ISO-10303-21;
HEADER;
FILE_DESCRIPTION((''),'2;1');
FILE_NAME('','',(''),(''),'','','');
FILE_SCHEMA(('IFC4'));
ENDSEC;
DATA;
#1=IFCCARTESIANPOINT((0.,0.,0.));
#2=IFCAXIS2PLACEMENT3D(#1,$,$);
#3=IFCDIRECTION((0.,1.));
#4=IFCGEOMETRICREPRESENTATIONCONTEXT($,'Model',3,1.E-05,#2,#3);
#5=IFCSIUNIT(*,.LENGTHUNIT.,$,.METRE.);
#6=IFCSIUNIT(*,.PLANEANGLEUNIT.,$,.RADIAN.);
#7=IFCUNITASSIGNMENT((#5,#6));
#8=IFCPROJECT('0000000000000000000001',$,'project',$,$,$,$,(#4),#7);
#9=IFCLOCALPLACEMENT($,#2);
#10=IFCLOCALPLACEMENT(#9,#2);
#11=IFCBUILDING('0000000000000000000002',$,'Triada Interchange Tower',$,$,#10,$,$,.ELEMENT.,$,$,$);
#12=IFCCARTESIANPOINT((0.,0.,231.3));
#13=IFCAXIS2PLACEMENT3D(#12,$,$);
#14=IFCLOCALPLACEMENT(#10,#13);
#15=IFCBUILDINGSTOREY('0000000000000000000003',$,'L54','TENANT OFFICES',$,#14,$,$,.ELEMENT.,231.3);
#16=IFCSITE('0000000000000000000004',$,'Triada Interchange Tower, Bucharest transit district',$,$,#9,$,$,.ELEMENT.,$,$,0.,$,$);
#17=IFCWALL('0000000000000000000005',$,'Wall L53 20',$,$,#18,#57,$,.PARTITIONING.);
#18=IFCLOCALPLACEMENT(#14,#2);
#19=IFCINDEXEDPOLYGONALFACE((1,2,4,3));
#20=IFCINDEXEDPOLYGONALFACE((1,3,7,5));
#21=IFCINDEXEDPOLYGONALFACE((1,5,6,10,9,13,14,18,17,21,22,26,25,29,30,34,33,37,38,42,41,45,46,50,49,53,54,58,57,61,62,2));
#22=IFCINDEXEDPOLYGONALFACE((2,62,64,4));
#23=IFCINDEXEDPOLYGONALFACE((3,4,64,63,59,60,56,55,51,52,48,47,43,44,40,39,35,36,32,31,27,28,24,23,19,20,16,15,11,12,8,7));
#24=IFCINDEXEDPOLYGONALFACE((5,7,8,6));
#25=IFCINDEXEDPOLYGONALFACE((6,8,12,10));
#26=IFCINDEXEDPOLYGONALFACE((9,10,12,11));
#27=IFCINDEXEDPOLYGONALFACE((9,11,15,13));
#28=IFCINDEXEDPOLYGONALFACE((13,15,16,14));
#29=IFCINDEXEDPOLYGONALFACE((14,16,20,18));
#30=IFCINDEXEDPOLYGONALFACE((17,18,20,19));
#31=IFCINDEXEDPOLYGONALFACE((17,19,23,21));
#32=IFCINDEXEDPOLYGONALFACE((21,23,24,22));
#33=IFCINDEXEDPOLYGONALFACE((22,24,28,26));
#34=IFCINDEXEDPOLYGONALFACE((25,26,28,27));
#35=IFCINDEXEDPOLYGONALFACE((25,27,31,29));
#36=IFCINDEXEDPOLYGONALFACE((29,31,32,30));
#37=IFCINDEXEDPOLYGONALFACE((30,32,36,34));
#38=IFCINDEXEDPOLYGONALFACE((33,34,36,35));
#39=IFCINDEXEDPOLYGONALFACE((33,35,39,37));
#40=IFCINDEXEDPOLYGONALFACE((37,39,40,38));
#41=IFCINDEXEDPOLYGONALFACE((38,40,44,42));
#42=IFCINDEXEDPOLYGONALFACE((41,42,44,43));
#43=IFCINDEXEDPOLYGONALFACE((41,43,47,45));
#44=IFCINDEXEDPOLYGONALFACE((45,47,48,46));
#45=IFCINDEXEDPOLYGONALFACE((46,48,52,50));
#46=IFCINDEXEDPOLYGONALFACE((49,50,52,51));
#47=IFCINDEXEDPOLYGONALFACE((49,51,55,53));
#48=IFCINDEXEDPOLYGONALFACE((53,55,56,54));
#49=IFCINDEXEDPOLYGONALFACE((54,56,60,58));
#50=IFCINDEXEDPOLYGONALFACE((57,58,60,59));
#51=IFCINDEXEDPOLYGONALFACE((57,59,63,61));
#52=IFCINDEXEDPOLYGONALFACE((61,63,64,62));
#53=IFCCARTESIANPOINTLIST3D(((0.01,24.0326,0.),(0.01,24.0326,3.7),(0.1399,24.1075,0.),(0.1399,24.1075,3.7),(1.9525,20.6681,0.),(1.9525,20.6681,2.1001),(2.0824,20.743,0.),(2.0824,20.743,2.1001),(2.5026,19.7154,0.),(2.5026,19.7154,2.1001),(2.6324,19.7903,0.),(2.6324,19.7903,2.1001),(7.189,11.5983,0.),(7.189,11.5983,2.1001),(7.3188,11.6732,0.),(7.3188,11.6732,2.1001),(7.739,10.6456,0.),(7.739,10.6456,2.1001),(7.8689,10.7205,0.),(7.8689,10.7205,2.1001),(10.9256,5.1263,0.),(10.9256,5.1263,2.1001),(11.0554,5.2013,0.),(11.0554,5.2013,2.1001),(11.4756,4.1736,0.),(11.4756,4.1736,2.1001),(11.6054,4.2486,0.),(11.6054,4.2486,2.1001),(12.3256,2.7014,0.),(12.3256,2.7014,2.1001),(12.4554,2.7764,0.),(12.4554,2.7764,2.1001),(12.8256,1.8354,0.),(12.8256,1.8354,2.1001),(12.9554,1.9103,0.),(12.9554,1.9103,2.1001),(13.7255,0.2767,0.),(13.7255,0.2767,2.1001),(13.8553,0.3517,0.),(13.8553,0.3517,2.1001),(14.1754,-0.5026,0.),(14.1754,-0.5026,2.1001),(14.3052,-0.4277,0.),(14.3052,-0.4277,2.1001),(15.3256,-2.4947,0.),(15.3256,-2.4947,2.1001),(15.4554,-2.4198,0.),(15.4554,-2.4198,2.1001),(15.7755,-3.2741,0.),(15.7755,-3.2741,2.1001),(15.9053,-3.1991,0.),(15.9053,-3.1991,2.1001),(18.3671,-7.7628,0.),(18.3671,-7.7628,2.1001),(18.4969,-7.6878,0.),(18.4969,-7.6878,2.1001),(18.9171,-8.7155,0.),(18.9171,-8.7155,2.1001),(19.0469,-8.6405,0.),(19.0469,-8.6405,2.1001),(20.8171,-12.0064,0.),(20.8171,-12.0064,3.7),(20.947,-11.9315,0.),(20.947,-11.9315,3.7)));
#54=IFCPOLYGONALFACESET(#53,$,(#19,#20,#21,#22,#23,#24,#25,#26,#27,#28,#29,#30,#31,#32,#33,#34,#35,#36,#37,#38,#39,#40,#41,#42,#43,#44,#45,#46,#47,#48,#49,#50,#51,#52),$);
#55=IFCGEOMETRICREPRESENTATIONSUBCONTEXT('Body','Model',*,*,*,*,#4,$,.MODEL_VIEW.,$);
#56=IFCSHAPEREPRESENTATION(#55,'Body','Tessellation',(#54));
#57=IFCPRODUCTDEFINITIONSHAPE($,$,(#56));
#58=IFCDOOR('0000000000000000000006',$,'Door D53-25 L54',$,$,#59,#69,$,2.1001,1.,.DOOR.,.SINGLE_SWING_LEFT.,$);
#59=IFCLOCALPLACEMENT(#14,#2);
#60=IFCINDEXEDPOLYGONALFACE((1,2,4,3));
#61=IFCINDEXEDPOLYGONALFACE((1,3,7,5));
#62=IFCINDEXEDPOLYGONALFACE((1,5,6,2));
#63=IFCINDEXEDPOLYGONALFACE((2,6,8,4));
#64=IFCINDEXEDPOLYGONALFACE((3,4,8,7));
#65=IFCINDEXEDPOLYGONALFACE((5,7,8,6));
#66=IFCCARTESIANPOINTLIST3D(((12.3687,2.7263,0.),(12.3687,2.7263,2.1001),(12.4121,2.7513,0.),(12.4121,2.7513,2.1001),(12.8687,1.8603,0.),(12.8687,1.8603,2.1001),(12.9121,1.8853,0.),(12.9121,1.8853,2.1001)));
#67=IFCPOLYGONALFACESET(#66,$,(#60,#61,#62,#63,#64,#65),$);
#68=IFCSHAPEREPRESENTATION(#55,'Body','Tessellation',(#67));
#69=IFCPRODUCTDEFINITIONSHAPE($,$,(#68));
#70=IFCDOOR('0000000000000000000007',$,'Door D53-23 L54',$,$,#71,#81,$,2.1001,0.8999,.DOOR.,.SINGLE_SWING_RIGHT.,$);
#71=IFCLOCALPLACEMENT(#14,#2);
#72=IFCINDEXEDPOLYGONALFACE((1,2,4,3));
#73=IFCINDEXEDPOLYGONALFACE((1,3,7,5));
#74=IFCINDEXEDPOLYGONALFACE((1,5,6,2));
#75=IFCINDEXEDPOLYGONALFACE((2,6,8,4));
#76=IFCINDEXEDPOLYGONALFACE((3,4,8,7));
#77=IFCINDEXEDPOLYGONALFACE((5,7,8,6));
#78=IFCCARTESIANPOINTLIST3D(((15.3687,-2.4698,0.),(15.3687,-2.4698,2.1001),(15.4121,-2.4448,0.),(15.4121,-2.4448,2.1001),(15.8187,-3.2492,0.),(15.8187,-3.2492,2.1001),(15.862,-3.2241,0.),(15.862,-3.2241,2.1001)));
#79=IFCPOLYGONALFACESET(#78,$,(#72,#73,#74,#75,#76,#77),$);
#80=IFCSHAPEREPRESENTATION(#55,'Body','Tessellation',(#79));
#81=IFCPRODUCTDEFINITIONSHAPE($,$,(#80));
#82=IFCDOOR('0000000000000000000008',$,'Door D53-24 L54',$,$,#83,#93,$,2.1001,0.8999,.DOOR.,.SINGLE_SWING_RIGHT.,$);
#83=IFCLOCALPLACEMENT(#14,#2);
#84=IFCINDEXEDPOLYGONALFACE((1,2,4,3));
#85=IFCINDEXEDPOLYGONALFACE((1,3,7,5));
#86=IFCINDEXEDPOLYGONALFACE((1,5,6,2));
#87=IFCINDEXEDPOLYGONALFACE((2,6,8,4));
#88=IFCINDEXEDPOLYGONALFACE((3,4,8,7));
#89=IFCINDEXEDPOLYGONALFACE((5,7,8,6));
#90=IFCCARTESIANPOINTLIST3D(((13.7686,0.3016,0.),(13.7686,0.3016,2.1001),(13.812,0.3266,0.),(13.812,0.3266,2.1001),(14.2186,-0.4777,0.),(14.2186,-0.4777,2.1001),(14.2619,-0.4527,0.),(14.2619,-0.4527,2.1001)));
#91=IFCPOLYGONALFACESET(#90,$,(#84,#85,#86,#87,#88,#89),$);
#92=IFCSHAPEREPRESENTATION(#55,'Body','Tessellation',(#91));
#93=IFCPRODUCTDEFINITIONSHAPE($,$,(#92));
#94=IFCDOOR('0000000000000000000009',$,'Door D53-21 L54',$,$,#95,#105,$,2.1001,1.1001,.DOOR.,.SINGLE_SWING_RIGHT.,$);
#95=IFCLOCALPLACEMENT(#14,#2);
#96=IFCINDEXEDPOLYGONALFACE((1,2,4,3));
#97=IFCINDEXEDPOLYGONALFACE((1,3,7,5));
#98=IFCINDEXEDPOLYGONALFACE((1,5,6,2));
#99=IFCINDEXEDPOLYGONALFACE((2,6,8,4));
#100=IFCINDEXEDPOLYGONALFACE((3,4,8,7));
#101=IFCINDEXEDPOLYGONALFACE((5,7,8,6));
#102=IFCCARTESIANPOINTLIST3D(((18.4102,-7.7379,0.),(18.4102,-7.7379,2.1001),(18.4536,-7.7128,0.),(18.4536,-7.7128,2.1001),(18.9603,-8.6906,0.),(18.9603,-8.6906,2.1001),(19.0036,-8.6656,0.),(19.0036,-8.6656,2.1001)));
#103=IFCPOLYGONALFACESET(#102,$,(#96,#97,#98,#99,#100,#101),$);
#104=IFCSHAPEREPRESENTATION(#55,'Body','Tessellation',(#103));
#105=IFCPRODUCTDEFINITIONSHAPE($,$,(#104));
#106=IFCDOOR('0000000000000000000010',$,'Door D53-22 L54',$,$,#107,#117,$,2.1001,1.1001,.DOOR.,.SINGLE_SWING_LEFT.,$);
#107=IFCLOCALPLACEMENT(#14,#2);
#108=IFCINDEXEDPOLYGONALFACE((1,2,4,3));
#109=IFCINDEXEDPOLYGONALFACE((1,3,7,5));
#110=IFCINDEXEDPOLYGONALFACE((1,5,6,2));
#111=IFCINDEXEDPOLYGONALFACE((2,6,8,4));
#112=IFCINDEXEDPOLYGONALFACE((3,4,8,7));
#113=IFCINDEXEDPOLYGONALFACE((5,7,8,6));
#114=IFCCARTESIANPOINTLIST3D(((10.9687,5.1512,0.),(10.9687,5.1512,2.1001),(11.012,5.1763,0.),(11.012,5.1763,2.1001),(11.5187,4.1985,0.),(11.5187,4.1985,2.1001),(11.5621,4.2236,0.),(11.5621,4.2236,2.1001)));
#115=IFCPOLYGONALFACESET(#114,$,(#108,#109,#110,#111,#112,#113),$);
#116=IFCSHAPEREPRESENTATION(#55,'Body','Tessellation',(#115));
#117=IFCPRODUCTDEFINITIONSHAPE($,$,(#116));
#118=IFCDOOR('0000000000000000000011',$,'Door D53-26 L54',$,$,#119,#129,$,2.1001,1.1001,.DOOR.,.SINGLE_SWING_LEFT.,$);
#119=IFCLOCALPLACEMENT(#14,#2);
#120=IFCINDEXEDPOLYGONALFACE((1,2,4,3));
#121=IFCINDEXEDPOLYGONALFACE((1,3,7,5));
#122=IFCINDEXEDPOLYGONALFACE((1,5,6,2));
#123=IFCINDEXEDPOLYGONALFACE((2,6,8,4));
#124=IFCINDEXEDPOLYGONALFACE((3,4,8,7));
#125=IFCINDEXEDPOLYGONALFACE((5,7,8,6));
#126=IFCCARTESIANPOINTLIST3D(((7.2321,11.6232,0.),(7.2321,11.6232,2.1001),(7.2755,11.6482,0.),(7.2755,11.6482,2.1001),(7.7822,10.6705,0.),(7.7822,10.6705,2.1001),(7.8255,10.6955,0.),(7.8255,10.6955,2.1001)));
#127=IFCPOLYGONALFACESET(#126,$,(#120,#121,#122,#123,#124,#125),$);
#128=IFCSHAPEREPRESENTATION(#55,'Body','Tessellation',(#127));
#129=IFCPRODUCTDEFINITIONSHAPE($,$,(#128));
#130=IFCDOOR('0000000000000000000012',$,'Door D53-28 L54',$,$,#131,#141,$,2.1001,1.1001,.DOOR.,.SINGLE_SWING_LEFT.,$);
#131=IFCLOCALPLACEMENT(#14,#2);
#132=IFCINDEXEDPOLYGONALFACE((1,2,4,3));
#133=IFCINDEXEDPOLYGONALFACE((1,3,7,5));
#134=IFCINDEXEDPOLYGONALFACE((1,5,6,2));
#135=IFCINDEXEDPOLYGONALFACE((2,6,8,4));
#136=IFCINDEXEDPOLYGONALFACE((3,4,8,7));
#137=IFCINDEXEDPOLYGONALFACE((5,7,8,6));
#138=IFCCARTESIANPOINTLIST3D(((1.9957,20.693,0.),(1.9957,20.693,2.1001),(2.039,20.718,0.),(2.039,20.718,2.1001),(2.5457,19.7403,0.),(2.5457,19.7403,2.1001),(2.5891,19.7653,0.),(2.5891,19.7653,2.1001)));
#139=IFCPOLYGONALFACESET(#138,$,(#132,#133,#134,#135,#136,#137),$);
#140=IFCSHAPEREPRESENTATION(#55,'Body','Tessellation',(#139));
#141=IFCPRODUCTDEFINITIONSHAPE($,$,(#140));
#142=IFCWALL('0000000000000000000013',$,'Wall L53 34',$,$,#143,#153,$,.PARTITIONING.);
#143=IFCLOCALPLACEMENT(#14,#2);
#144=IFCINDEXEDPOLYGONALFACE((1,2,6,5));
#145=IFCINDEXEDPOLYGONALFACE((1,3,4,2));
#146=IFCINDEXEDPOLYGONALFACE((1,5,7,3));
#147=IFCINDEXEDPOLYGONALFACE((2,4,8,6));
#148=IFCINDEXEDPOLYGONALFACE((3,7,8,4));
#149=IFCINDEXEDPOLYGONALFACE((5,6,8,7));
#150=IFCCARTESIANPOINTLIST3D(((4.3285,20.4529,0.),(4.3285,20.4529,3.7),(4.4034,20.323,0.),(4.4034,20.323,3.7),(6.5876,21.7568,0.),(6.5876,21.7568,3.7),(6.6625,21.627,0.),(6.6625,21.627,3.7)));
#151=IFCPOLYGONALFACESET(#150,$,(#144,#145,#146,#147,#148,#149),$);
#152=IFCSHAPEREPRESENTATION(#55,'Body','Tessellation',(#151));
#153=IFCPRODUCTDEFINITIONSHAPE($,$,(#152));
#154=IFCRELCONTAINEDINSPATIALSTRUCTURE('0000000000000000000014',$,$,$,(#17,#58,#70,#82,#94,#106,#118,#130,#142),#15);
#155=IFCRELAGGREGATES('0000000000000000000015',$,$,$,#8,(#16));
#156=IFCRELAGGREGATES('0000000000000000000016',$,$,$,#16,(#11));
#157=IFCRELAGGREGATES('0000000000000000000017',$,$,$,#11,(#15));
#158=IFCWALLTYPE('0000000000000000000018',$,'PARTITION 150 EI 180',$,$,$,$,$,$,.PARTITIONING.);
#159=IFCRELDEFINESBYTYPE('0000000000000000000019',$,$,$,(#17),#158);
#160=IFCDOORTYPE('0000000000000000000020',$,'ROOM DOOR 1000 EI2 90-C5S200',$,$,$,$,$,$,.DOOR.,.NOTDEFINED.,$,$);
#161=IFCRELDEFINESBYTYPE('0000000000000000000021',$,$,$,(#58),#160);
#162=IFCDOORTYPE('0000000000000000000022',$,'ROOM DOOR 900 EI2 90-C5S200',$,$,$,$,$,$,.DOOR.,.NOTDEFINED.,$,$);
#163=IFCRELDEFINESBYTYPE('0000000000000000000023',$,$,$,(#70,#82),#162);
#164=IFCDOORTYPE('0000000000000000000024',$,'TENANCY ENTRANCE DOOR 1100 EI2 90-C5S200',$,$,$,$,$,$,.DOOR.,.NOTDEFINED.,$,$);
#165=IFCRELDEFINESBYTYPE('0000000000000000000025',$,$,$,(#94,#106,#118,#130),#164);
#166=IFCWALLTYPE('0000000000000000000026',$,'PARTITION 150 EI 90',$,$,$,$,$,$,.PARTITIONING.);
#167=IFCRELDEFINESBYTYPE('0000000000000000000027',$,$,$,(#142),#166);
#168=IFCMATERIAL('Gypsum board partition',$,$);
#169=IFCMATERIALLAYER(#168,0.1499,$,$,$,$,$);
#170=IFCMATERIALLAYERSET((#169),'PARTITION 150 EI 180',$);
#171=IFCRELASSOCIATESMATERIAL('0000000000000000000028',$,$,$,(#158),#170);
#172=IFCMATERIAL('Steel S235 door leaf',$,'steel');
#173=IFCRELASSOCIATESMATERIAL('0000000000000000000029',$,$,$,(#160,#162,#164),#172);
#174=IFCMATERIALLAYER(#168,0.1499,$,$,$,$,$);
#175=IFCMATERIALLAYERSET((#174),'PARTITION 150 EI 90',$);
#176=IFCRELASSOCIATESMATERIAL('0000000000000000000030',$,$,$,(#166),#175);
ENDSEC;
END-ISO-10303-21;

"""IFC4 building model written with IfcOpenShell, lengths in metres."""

from ifc_helpers import new_model, si_unit, direction, frame, frame_2d, origin, place, context, subcontext, project, spatial, rectangle, extrude, material, layer, layer_set, type_object, element, fill, save


model = new_model("IFC4")

# Units and contexts
model_context = context("Model", 3, precision=1e-05, world=origin(), true_north=direction((0.0, 1.0)))
body_context = subcontext(model_context, "Body", "Model", "MODEL_VIEW")
ifc_project = project(units=[si_unit("LENGTHUNIT", "METRE"), si_unit("PLANEANGLEUNIT", "RADIAN")], contexts=[model_context])

# Site, building, storey
site_placement = place(None, origin())
site = spatial("IfcSite", under=ifc_project, at=site_placement, Name="Triada Interchange Tower, Bucharest transit district", CompositionType="ELEMENT", RefElevation=0.0)
building_placement = place(site_placement, origin())
building = spatial("IfcBuilding", under=site, at=building_placement, Name="Triada Interchange Tower", CompositionType="ELEMENT")
storey_placement = place(building_placement, frame((0.0, 0.0, 231.3)))
storey = spatial("IfcBuildingStorey", under=building, at=storey_placement, Name="L54", Description="TENANT OFFICES", CompositionType="ELEMENT", Elevation=231.3)

# Wall, openings, doors
ifc_material_1 = material(Name="Gypsum board partition")
ifc_layer_1 = layer(ifc_material_1, 0.1499)
ifc_layer_set_1 = layer_set([ifc_layer_1], Name="PARTITION 150 EI 180")
wall_type_1 = type_object("IfcWallType", Name="PARTITION 150 EI 180", PredefinedType="PARTITIONING", material=ifc_layer_set_1)
wall_1_placement = place(storey_placement, frame((0.075, 24.0701, 0.0), z_axis=(0.0, 0.0, 1.0), x_axis=(0.499999, -0.866026, 0.0)))
wall_1 = element("IfcWall", 1, at=wall_1_placement, inside=storey, type_object=wall_type_1, Name="Wall L53 20", PredefinedType="PARTITIONING", context=body_context, shape_type="SweptSolid", body=[
    extrude(rectangle(XDim=41.6143, YDim=0.1499, at=frame_2d((20.8071, 0.0))), origin(), (0.0, 0.0, 1.0), 3.7),
])
opening_1_placement = place(wall_1_placement, frame((36.7141, 0.0, 0.0)))
opening_1 = element("IfcOpeningElement", 2, at=opening_1_placement, cuts=wall_1, PredefinedType="OPENING", context=body_context, shape_type="SweptSolid", body=[
    extrude(rectangle(XDim=1.1001, YDim=2.1001, at=frame_2d((0.55, 1.05))), frame((0.0, 0.085, 0.0), z_axis=(0.0, -1.0, 0.0), x_axis=(1.0, 0.0, 0.0)), (0.0, 0.0, 1.0), 0.1699),
])
opening_2_placement = place(wall_1_placement, frame((21.8311, 0.0, 0.0)))
opening_2 = element("IfcOpeningElement", 3, at=opening_2_placement, cuts=wall_1, PredefinedType="OPENING", context=body_context, shape_type="SweptSolid", body=[
    extrude(rectangle(XDim=1.1001, YDim=2.1001, at=frame_2d((0.55, 1.05))), frame((0.0, 0.085, 0.0), z_axis=(0.0, -1.0, 0.0), x_axis=(1.0, 0.0, 0.0)), (0.0, 0.0, 1.0), 0.1699),
])
opening_3_placement = place(wall_1_placement, frame((30.6311, 0.0, 0.0)))
opening_3 = element("IfcOpeningElement", 4, at=opening_3_placement, cuts=wall_1, PredefinedType="OPENING", context=body_context, shape_type="SweptSolid", body=[
    extrude(rectangle(XDim=0.8999, YDim=2.1001, at=frame_2d((0.45, 1.05))), frame((0.0, 0.085, 0.0), z_axis=(0.0, -1.0, 0.0), x_axis=(1.0, 0.0, 0.0)), (0.0, 0.0, 1.0), 0.1699),
])
opening_4_placement = place(wall_1_placement, frame((27.4309, 0.0, 0.0)))
opening_4 = element("IfcOpeningElement", 5, at=opening_4_placement, cuts=wall_1, PredefinedType="OPENING", context=body_context, shape_type="SweptSolid", body=[
    extrude(rectangle(XDim=0.8999, YDim=2.1001, at=frame_2d((0.45, 1.05))), frame((0.0, 0.085, 0.0), z_axis=(0.0, -1.0, 0.0), x_axis=(1.0, 0.0, 0.0)), (0.0, 0.0, 1.0), 0.1699),
])
opening_5_placement = place(wall_1_placement, frame((24.6311, 0.0, 0.0)))
opening_5 = element("IfcOpeningElement", 6, at=opening_5_placement, cuts=wall_1, PredefinedType="OPENING", context=body_context, shape_type="SweptSolid", body=[
    extrude(rectangle(XDim=1.0, YDim=2.1001, at=frame_2d((0.5, 1.05))), frame((0.0, 0.085, 0.0), z_axis=(0.0, -1.0, 0.0), x_axis=(1.0, 0.0, 0.0)), (0.0, 0.0, 1.0), 0.1699),
])
opening_6_placement = place(wall_1_placement, frame((14.3579, 0.0, 0.0)))
opening_6 = element("IfcOpeningElement", 7, at=opening_6_placement, cuts=wall_1, PredefinedType="OPENING", context=body_context, shape_type="SweptSolid", body=[
    extrude(rectangle(XDim=1.1001, YDim=2.1001, at=frame_2d((0.55, 1.05))), frame((0.0, 0.085, 0.0), z_axis=(0.0, -1.0, 0.0), x_axis=(1.0, 0.0, 0.0)), (0.0, 0.0, 1.0), 0.1699),
])
opening_7_placement = place(wall_1_placement, frame((3.885, 0.0, 0.0)))
opening_7 = element("IfcOpeningElement", 8, at=opening_7_placement, cuts=wall_1, PredefinedType="OPENING", context=body_context, shape_type="SweptSolid", body=[
    extrude(rectangle(XDim=1.1001, YDim=2.1001, at=frame_2d((0.55, 1.05))), frame((0.0, 0.085, 0.0), z_axis=(0.0, -1.0, 0.0), x_axis=(1.0, 0.0, 0.0)), (0.0, 0.0, 1.0), 0.1699),
])
ifc_material_2 = material(Name="Steel S235 door leaf", Category="steel")
door_type_1 = type_object("IfcDoorType", Name="ROOM DOOR 1000 EI2 90-C5S200", OperationType="NOTDEFINED", PredefinedType="DOOR", material=ifc_material_2)
door_1_placement = place(opening_5_placement, origin())
door_1 = element("IfcDoor", 9, at=door_1_placement, inside=storey, type_object=door_type_1, Name="Door D53-25 L54", OperationType="SINGLE_SWING_LEFT", OverallHeight=2.1001, OverallWidth=1.0, PredefinedType="DOOR", context=body_context, shape_type="SweptSolid", body=[
    extrude(rectangle(XDim=1.0, YDim=2.1001, at=frame_2d((0.5, 1.05))), frame((0.0, 0.0249, 0.0), z_axis=(0.0, -1.0, 0.0), x_axis=(1.0, 0.0, 0.0)), (0.0, 0.0, 1.0), 0.05),
])
fill(opening_5, door_1)
door_type_2 = type_object("IfcDoorType", Name="ROOM DOOR 900 EI2 90-C5S200", OperationType="NOTDEFINED", PredefinedType="DOOR", material=ifc_material_2)
door_2_placement = place(opening_3_placement, origin())
door_2 = element("IfcDoor", 10, at=door_2_placement, inside=storey, type_object=door_type_2, Name="Door D53-23 L54", OperationType="SINGLE_SWING_RIGHT", OverallHeight=2.1001, OverallWidth=0.8999, PredefinedType="DOOR", context=body_context, shape_type="SweptSolid", body=[
    extrude(rectangle(XDim=0.8999, YDim=2.1001, at=frame_2d((0.45, 1.05))), frame((0.0, 0.0249, 0.0), z_axis=(0.0, -1.0, 0.0), x_axis=(1.0, 0.0, 0.0)), (0.0, 0.0, 1.0), 0.05),
])
fill(opening_3, door_2)
door_3_placement = place(opening_4_placement, origin())
door_3 = element("IfcDoor", 11, at=door_3_placement, inside=storey, type_object=door_type_2, Name="Door D53-24 L54", OperationType="SINGLE_SWING_RIGHT", OverallHeight=2.1001, OverallWidth=0.8999, PredefinedType="DOOR", context=body_context, shape_type="SweptSolid", body=[
    extrude(rectangle(XDim=0.8999, YDim=2.1001, at=frame_2d((0.45, 1.05))), frame((0.0, 0.0249, 0.0), z_axis=(0.0, -1.0, 0.0), x_axis=(1.0, 0.0, 0.0)), (0.0, 0.0, 1.0), 0.05),
])
fill(opening_4, door_3)
door_type_3 = type_object("IfcDoorType", Name="TENANCY ENTRANCE DOOR 1100 EI2 90-C5S200", OperationType="NOTDEFINED", PredefinedType="DOOR", material=ifc_material_2)
door_4_placement = place(opening_1_placement, origin())
door_4 = element("IfcDoor", 12, at=door_4_placement, inside=storey, type_object=door_type_3, Name="Door D53-21 L54", OperationType="SINGLE_SWING_RIGHT", OverallHeight=2.1001, OverallWidth=1.1001, PredefinedType="DOOR", context=body_context, shape_type="SweptSolid", body=[
    extrude(rectangle(XDim=1.1001, YDim=2.1001, at=frame_2d((0.55, 1.05))), frame((0.0, 0.0249, 0.0), z_axis=(0.0, -1.0, 0.0), x_axis=(1.0, 0.0, 0.0)), (0.0, 0.0, 1.0), 0.05),
])
fill(opening_1, door_4)
door_5_placement = place(opening_2_placement, origin())
door_5 = element("IfcDoor", 13, at=door_5_placement, inside=storey, type_object=door_type_3, Name="Door D53-22 L54", OperationType="SINGLE_SWING_LEFT", OverallHeight=2.1001, OverallWidth=1.1001, PredefinedType="DOOR", context=body_context, shape_type="SweptSolid", body=[
    extrude(rectangle(XDim=1.1001, YDim=2.1001, at=frame_2d((0.55, 1.05))), frame((0.0, 0.0249, 0.0), z_axis=(0.0, -1.0, 0.0), x_axis=(1.0, 0.0, 0.0)), (0.0, 0.0, 1.0), 0.05),
])
fill(opening_2, door_5)
door_6_placement = place(opening_6_placement, origin())
door_6 = element("IfcDoor", 14, at=door_6_placement, inside=storey, type_object=door_type_3, Name="Door D53-26 L54", OperationType="SINGLE_SWING_LEFT", OverallHeight=2.1001, OverallWidth=1.1001, PredefinedType="DOOR", context=body_context, shape_type="SweptSolid", body=[
    extrude(rectangle(XDim=1.1001, YDim=2.1001, at=frame_2d((0.55, 1.05))), frame((0.0, 0.0249, 0.0), z_axis=(0.0, -1.0, 0.0), x_axis=(1.0, 0.0, 0.0)), (0.0, 0.0, 1.0), 0.05),
])
fill(opening_6, door_6)
door_7_placement = place(opening_7_placement, origin())
door_7 = element("IfcDoor", 15, at=door_7_placement, inside=storey, type_object=door_type_3, Name="Door D53-28 L54", OperationType="SINGLE_SWING_LEFT", OverallHeight=2.1001, OverallWidth=1.1001, PredefinedType="DOOR", context=body_context, shape_type="SweptSolid", body=[
    extrude(rectangle(XDim=1.1001, YDim=2.1001, at=frame_2d((0.55, 1.05))), frame((0.0, 0.0249, 0.0), z_axis=(0.0, -1.0, 0.0), x_axis=(1.0, 0.0, 0.0)), (0.0, 0.0, 1.0), 0.05),
])
fill(opening_7, door_7)

# Wall
ifc_layer_2 = layer(ifc_material_1, 0.1499)
ifc_layer_set_2 = layer_set([ifc_layer_2], Name="PARTITION 150 EI 90")
wall_type_2 = type_object("IfcWallType", Name="PARTITION 150 EI 90", PredefinedType="PARTITIONING", material=ifc_layer_set_2)
wall_2_placement = place(storey_placement, frame((4.366, 20.3879, 0.0), z_axis=(0.0, 0.0, 1.0), x_axis=(0.866075, 0.499914, 0.0)))
element("IfcWall", 16, at=wall_2_placement, inside=storey, type_object=wall_type_2, Name="Wall L53 34", PredefinedType="PARTITIONING", context=body_context, shape_type="SweptSolid", body=[
    extrude(rectangle(XDim=2.6084, YDim=0.1499, at=frame_2d((1.3042, 0.0))), origin(), (0.0, 0.0, 1.0), 3.7),
])

save(model, "model.ifc")
